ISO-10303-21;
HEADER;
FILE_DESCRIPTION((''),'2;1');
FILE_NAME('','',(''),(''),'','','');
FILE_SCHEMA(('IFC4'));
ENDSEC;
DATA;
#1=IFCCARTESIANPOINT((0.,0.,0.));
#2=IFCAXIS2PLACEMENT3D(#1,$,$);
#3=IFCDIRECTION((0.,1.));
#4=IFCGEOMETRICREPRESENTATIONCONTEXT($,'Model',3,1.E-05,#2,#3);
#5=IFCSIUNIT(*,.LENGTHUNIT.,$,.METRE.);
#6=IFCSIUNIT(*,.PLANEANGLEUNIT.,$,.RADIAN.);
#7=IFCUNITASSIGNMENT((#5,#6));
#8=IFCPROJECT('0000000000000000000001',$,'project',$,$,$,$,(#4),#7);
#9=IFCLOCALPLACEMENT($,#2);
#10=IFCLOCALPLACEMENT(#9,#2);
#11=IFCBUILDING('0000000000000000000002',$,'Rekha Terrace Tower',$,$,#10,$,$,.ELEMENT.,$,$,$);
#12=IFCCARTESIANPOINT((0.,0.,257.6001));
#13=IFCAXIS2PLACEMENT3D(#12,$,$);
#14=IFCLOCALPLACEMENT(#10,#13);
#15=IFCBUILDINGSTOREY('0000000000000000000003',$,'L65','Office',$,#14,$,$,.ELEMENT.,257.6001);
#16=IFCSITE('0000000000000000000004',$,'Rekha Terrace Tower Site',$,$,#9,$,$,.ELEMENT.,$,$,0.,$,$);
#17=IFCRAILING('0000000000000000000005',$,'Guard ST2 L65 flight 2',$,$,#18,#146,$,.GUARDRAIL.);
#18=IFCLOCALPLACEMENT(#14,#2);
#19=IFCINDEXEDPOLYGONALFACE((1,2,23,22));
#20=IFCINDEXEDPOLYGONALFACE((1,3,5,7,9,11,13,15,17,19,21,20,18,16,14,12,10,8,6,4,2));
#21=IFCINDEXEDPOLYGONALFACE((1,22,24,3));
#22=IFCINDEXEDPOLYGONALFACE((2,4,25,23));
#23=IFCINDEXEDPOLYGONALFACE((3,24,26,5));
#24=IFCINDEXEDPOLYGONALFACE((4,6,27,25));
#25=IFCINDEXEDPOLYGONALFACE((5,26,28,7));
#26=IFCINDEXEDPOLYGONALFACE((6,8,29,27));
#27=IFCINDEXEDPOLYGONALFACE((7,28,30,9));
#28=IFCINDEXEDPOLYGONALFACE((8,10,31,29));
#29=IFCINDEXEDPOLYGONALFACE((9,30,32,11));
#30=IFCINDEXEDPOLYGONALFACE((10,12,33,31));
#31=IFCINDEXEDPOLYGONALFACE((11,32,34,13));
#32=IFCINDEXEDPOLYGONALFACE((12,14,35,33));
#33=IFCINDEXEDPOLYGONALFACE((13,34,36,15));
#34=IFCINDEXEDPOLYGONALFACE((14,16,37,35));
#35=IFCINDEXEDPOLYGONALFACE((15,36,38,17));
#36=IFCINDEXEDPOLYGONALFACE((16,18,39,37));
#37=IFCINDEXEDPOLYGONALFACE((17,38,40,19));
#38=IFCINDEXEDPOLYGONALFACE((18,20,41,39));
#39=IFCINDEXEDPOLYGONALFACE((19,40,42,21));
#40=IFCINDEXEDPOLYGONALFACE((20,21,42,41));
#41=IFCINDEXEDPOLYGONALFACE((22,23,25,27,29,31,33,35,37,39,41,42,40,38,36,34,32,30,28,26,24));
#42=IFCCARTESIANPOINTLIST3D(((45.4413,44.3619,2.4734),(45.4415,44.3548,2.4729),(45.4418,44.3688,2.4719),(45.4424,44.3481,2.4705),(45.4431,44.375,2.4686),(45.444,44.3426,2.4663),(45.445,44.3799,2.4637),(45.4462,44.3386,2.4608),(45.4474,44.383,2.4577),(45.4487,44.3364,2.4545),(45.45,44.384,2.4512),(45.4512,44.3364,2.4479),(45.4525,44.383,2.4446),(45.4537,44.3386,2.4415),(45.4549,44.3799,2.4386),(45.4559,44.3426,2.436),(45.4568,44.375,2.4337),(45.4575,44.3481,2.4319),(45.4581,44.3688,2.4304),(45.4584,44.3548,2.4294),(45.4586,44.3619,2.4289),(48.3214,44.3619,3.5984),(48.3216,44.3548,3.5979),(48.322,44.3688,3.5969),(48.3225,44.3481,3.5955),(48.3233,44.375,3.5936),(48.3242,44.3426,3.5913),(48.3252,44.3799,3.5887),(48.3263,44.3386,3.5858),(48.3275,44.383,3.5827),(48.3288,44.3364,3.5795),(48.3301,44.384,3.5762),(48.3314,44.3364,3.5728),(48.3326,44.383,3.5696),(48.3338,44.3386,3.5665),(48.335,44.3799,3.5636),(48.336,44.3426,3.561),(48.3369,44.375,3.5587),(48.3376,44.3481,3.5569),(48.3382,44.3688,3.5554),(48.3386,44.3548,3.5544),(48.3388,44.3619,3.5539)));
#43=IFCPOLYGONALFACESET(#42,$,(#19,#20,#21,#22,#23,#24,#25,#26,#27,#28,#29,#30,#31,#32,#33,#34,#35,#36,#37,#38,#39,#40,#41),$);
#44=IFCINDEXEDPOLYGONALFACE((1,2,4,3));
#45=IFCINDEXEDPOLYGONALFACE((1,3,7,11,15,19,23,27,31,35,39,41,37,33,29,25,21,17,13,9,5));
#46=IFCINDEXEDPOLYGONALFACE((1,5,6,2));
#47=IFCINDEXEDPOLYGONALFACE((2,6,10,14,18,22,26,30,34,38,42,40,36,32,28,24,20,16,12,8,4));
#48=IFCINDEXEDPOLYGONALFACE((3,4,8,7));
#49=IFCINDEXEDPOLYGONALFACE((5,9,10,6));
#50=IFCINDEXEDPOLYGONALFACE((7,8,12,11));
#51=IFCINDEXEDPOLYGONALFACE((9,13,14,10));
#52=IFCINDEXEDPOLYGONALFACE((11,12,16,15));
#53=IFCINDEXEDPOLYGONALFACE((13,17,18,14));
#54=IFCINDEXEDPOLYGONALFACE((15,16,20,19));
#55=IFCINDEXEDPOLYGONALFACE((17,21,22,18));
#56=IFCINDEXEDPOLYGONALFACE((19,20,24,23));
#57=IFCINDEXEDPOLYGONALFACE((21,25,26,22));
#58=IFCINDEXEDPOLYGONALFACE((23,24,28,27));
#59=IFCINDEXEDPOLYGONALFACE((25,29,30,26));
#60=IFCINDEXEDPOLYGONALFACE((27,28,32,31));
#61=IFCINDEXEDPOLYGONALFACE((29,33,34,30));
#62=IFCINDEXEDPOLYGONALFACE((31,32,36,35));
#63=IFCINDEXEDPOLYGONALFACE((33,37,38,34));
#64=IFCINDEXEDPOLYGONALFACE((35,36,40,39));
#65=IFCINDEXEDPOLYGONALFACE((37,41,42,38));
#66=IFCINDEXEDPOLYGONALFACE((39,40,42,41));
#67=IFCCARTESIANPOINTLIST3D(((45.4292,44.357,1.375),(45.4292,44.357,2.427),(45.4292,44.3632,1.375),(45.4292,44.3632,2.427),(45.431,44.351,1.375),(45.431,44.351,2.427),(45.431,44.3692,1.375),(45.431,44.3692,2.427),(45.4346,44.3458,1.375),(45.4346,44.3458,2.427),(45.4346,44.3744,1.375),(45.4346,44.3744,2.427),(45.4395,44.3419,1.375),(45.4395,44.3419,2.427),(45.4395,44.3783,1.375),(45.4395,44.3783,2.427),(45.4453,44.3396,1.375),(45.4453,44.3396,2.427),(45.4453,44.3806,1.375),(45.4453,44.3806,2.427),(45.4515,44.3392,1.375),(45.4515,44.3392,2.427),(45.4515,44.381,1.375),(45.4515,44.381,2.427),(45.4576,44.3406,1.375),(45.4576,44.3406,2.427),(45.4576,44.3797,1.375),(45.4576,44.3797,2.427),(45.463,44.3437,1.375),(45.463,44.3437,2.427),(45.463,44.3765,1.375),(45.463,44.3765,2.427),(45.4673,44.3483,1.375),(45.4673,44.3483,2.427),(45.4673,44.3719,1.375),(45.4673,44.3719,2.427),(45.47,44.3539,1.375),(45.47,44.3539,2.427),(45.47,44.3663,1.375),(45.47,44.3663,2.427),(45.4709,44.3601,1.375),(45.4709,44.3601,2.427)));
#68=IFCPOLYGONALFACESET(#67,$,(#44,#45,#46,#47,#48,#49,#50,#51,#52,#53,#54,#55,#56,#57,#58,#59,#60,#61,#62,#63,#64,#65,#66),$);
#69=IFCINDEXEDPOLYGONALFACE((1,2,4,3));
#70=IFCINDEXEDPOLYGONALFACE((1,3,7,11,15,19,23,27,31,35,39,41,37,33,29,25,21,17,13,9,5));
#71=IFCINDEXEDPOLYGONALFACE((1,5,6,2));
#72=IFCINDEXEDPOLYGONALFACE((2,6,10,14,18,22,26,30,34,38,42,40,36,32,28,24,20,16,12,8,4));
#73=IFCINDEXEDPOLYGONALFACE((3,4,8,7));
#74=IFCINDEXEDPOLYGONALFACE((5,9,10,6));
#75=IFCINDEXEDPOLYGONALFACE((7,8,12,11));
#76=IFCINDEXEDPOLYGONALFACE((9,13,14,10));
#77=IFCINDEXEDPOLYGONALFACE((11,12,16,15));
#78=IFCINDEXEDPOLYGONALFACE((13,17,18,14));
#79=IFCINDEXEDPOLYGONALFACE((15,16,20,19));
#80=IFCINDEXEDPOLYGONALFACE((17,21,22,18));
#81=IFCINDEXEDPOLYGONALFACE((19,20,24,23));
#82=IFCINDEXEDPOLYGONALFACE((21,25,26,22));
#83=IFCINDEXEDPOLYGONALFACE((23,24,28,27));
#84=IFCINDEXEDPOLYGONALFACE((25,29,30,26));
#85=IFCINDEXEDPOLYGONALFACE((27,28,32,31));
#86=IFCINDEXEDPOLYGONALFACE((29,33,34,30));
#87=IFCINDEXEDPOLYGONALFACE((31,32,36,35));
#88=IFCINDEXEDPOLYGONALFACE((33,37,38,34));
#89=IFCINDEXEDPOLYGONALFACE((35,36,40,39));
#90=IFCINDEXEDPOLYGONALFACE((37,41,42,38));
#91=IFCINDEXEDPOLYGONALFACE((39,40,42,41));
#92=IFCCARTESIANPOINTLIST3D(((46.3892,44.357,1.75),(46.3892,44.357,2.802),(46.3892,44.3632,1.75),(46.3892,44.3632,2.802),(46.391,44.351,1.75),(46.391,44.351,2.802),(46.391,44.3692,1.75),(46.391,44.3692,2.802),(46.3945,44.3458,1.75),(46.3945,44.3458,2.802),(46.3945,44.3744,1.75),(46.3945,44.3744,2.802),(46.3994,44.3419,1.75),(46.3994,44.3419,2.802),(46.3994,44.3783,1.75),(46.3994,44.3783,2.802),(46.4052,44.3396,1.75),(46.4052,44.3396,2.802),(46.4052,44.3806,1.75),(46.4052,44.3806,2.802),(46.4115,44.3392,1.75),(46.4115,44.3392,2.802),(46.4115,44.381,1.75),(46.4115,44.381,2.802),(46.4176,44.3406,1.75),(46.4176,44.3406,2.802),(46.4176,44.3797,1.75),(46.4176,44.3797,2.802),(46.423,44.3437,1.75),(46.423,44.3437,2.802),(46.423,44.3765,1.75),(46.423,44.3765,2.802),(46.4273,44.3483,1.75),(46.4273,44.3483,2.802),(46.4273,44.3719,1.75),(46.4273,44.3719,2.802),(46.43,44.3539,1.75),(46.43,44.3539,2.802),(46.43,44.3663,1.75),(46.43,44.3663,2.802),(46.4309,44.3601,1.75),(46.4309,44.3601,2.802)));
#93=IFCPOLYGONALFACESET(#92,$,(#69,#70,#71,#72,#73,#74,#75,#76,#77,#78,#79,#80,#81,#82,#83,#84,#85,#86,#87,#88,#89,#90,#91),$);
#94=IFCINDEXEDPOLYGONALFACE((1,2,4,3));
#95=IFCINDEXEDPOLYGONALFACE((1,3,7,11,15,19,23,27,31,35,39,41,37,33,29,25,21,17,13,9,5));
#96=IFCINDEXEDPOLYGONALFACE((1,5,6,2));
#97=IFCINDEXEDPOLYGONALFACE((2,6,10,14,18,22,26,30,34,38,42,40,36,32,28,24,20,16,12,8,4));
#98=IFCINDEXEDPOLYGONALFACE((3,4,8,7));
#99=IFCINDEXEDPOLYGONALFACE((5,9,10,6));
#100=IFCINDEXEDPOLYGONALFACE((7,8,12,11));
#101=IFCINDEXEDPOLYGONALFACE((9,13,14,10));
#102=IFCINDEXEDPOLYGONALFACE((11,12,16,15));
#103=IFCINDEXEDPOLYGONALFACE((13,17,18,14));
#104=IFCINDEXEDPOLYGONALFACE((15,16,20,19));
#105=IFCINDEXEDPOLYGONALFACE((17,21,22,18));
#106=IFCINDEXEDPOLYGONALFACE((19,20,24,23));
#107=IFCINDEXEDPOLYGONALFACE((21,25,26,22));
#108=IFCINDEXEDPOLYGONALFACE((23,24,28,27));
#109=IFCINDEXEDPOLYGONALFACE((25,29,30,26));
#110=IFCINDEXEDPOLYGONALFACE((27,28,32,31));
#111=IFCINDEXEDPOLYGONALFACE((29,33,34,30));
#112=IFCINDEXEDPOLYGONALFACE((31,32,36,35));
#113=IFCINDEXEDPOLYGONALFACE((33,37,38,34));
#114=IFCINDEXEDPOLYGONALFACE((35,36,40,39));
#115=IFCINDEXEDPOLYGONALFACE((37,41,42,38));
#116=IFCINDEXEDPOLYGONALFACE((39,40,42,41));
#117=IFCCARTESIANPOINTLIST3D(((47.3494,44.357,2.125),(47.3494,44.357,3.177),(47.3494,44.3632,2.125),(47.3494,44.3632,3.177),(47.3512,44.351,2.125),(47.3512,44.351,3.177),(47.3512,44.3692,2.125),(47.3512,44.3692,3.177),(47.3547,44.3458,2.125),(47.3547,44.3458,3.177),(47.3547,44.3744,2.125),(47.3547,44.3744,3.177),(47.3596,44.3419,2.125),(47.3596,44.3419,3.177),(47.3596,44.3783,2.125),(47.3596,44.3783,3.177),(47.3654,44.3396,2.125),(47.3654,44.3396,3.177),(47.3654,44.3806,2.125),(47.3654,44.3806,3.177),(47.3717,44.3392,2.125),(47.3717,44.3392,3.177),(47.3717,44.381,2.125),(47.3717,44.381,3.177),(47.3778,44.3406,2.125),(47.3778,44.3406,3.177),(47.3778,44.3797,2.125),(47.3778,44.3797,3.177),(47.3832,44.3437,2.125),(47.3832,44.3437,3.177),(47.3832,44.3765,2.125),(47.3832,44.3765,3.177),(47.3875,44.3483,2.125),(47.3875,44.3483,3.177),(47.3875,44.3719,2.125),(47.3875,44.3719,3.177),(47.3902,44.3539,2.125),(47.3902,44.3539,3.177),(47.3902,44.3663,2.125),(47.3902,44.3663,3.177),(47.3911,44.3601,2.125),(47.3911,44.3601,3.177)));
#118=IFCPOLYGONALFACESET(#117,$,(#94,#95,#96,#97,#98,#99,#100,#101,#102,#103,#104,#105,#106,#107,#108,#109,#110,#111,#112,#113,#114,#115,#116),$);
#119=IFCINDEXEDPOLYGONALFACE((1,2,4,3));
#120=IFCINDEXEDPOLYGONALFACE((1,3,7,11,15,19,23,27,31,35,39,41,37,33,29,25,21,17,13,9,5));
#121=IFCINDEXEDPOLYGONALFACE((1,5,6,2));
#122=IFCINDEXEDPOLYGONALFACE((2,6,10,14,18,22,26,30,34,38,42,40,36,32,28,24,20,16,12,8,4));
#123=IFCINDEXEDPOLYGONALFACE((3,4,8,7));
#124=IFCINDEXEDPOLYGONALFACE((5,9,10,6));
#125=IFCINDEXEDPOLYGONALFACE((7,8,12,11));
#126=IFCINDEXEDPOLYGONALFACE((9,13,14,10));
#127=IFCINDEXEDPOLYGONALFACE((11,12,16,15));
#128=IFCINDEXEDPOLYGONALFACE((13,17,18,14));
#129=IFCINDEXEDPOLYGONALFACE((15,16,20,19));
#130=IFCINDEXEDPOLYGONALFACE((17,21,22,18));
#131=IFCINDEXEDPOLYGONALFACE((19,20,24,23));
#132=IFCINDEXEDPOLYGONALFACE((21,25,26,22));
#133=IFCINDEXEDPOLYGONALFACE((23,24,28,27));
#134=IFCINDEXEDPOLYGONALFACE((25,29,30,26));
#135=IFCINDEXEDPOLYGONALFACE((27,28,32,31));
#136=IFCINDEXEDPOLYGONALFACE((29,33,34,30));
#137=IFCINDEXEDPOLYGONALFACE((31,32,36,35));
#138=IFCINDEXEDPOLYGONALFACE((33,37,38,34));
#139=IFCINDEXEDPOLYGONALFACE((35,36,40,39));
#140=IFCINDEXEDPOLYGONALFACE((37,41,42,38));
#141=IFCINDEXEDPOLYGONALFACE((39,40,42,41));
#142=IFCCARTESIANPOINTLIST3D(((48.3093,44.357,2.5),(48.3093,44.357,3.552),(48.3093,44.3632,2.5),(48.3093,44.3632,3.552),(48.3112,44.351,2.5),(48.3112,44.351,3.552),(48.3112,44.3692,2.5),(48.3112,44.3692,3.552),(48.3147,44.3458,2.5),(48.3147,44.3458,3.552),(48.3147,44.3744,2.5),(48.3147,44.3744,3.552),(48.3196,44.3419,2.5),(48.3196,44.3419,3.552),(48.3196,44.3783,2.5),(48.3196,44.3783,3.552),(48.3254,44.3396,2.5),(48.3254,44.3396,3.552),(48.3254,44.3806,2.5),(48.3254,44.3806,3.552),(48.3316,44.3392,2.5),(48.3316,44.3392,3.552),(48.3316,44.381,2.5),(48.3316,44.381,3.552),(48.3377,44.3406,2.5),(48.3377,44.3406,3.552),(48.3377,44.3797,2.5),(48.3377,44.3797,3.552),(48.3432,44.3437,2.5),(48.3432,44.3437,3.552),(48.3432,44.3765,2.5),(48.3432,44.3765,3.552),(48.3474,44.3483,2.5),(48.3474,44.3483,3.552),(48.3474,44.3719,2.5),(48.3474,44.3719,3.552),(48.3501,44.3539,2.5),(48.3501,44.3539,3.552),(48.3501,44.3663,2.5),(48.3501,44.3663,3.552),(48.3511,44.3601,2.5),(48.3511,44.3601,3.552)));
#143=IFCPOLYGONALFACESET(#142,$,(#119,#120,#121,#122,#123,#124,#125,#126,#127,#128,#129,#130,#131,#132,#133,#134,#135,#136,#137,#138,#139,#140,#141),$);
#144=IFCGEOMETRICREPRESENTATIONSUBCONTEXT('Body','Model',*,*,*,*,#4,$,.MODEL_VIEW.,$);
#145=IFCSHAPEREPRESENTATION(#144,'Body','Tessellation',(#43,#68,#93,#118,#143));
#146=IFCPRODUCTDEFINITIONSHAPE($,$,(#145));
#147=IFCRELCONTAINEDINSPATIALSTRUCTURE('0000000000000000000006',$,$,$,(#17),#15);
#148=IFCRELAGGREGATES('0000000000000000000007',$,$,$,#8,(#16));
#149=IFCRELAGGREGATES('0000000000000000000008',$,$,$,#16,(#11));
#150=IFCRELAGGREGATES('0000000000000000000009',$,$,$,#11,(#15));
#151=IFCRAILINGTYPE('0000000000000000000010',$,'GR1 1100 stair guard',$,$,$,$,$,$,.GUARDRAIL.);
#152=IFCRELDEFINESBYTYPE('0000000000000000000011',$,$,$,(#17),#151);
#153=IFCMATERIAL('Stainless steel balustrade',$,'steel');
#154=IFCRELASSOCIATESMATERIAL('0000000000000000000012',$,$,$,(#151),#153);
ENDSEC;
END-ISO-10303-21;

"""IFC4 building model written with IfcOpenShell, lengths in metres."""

from ifc_helpers import new_model, si_unit, direction, frame, origin, origin_2d, place, context, subcontext, project, spatial, circle, extrude, material, type_object, element, save


model = new_model("IFC4")

# Units and contexts
model_context = context("Model", 3, precision=1e-05, world=origin(), true_north=direction((0.0, 1.0)))
body_context = subcontext(model_context, "Body", "Model", "MODEL_VIEW")
ifc_project = project(units=[si_unit("LENGTHUNIT", "METRE"), si_unit("PLANEANGLEUNIT", "RADIAN")], contexts=[model_context])

# Site, building, storey
site_placement = place(None, origin())
site = spatial("IfcSite", under=ifc_project, at=site_placement, Name="Rekha Terrace Tower Site", CompositionType="ELEMENT", RefElevation=0.0)
building_placement = place(site_placement, origin())
building = spatial("IfcBuilding", under=site, at=building_placement, Name="Rekha Terrace Tower", CompositionType="ELEMENT")
storey_placement = place(building_placement, frame((0.0, 0.0, 257.6001)))
storey = spatial("IfcBuildingStorey", under=building, at=storey_placement, Name="L65", Description="Office", CompositionType="ELEMENT", Elevation=257.6001)

# Railing
ifc_material_1 = material(Name="Stainless steel balustrade", Category="steel")
railing_type_1 = type_object("IfcRailingType", Name="GR1 1100 stair guard", PredefinedType="GUARDRAIL", material=ifc_material_1)
railing_1_placement = place(storey_placement, frame((45.45, 44.3601, 1.375)))
element("IfcRailing", 1, at=railing_1_placement, inside=storey, type_object=railing_type_1, Name="Guard ST2 L65 flight 2", PredefinedType="GUARDRAIL", context=body_context, shape_type="SweptSolid", body=[
    extrude(circle(Radius=0.0239, at=origin_2d()), frame((0.0, 0.0, 1.0762), z_axis=(0.931463, 0.0, 0.363837), x_axis=(0.0, 1.0, 0.0)), (0.0, 0.0, 1.0), 3.092),
    extrude(circle(Radius=0.021, at=origin_2d()), origin(), (0.0, 0.0, 1.0), 1.052),
    extrude(circle(Radius=0.021, at=origin_2d()), frame((0.96, 0.0, 0.375)), (0.0, 0.0, 1.0), 1.052),
    extrude(circle(Radius=0.021, at=origin_2d()), frame((1.9202, 0.0, 0.75)), (0.0, 0.0, 1.0), 1.052),
    extrude(circle(Radius=0.021, at=origin_2d()), frame((2.8801, 0.0, 1.125)), (0.0, 0.0, 1.0), 1.052),
])

save(model, "model.ifc")
